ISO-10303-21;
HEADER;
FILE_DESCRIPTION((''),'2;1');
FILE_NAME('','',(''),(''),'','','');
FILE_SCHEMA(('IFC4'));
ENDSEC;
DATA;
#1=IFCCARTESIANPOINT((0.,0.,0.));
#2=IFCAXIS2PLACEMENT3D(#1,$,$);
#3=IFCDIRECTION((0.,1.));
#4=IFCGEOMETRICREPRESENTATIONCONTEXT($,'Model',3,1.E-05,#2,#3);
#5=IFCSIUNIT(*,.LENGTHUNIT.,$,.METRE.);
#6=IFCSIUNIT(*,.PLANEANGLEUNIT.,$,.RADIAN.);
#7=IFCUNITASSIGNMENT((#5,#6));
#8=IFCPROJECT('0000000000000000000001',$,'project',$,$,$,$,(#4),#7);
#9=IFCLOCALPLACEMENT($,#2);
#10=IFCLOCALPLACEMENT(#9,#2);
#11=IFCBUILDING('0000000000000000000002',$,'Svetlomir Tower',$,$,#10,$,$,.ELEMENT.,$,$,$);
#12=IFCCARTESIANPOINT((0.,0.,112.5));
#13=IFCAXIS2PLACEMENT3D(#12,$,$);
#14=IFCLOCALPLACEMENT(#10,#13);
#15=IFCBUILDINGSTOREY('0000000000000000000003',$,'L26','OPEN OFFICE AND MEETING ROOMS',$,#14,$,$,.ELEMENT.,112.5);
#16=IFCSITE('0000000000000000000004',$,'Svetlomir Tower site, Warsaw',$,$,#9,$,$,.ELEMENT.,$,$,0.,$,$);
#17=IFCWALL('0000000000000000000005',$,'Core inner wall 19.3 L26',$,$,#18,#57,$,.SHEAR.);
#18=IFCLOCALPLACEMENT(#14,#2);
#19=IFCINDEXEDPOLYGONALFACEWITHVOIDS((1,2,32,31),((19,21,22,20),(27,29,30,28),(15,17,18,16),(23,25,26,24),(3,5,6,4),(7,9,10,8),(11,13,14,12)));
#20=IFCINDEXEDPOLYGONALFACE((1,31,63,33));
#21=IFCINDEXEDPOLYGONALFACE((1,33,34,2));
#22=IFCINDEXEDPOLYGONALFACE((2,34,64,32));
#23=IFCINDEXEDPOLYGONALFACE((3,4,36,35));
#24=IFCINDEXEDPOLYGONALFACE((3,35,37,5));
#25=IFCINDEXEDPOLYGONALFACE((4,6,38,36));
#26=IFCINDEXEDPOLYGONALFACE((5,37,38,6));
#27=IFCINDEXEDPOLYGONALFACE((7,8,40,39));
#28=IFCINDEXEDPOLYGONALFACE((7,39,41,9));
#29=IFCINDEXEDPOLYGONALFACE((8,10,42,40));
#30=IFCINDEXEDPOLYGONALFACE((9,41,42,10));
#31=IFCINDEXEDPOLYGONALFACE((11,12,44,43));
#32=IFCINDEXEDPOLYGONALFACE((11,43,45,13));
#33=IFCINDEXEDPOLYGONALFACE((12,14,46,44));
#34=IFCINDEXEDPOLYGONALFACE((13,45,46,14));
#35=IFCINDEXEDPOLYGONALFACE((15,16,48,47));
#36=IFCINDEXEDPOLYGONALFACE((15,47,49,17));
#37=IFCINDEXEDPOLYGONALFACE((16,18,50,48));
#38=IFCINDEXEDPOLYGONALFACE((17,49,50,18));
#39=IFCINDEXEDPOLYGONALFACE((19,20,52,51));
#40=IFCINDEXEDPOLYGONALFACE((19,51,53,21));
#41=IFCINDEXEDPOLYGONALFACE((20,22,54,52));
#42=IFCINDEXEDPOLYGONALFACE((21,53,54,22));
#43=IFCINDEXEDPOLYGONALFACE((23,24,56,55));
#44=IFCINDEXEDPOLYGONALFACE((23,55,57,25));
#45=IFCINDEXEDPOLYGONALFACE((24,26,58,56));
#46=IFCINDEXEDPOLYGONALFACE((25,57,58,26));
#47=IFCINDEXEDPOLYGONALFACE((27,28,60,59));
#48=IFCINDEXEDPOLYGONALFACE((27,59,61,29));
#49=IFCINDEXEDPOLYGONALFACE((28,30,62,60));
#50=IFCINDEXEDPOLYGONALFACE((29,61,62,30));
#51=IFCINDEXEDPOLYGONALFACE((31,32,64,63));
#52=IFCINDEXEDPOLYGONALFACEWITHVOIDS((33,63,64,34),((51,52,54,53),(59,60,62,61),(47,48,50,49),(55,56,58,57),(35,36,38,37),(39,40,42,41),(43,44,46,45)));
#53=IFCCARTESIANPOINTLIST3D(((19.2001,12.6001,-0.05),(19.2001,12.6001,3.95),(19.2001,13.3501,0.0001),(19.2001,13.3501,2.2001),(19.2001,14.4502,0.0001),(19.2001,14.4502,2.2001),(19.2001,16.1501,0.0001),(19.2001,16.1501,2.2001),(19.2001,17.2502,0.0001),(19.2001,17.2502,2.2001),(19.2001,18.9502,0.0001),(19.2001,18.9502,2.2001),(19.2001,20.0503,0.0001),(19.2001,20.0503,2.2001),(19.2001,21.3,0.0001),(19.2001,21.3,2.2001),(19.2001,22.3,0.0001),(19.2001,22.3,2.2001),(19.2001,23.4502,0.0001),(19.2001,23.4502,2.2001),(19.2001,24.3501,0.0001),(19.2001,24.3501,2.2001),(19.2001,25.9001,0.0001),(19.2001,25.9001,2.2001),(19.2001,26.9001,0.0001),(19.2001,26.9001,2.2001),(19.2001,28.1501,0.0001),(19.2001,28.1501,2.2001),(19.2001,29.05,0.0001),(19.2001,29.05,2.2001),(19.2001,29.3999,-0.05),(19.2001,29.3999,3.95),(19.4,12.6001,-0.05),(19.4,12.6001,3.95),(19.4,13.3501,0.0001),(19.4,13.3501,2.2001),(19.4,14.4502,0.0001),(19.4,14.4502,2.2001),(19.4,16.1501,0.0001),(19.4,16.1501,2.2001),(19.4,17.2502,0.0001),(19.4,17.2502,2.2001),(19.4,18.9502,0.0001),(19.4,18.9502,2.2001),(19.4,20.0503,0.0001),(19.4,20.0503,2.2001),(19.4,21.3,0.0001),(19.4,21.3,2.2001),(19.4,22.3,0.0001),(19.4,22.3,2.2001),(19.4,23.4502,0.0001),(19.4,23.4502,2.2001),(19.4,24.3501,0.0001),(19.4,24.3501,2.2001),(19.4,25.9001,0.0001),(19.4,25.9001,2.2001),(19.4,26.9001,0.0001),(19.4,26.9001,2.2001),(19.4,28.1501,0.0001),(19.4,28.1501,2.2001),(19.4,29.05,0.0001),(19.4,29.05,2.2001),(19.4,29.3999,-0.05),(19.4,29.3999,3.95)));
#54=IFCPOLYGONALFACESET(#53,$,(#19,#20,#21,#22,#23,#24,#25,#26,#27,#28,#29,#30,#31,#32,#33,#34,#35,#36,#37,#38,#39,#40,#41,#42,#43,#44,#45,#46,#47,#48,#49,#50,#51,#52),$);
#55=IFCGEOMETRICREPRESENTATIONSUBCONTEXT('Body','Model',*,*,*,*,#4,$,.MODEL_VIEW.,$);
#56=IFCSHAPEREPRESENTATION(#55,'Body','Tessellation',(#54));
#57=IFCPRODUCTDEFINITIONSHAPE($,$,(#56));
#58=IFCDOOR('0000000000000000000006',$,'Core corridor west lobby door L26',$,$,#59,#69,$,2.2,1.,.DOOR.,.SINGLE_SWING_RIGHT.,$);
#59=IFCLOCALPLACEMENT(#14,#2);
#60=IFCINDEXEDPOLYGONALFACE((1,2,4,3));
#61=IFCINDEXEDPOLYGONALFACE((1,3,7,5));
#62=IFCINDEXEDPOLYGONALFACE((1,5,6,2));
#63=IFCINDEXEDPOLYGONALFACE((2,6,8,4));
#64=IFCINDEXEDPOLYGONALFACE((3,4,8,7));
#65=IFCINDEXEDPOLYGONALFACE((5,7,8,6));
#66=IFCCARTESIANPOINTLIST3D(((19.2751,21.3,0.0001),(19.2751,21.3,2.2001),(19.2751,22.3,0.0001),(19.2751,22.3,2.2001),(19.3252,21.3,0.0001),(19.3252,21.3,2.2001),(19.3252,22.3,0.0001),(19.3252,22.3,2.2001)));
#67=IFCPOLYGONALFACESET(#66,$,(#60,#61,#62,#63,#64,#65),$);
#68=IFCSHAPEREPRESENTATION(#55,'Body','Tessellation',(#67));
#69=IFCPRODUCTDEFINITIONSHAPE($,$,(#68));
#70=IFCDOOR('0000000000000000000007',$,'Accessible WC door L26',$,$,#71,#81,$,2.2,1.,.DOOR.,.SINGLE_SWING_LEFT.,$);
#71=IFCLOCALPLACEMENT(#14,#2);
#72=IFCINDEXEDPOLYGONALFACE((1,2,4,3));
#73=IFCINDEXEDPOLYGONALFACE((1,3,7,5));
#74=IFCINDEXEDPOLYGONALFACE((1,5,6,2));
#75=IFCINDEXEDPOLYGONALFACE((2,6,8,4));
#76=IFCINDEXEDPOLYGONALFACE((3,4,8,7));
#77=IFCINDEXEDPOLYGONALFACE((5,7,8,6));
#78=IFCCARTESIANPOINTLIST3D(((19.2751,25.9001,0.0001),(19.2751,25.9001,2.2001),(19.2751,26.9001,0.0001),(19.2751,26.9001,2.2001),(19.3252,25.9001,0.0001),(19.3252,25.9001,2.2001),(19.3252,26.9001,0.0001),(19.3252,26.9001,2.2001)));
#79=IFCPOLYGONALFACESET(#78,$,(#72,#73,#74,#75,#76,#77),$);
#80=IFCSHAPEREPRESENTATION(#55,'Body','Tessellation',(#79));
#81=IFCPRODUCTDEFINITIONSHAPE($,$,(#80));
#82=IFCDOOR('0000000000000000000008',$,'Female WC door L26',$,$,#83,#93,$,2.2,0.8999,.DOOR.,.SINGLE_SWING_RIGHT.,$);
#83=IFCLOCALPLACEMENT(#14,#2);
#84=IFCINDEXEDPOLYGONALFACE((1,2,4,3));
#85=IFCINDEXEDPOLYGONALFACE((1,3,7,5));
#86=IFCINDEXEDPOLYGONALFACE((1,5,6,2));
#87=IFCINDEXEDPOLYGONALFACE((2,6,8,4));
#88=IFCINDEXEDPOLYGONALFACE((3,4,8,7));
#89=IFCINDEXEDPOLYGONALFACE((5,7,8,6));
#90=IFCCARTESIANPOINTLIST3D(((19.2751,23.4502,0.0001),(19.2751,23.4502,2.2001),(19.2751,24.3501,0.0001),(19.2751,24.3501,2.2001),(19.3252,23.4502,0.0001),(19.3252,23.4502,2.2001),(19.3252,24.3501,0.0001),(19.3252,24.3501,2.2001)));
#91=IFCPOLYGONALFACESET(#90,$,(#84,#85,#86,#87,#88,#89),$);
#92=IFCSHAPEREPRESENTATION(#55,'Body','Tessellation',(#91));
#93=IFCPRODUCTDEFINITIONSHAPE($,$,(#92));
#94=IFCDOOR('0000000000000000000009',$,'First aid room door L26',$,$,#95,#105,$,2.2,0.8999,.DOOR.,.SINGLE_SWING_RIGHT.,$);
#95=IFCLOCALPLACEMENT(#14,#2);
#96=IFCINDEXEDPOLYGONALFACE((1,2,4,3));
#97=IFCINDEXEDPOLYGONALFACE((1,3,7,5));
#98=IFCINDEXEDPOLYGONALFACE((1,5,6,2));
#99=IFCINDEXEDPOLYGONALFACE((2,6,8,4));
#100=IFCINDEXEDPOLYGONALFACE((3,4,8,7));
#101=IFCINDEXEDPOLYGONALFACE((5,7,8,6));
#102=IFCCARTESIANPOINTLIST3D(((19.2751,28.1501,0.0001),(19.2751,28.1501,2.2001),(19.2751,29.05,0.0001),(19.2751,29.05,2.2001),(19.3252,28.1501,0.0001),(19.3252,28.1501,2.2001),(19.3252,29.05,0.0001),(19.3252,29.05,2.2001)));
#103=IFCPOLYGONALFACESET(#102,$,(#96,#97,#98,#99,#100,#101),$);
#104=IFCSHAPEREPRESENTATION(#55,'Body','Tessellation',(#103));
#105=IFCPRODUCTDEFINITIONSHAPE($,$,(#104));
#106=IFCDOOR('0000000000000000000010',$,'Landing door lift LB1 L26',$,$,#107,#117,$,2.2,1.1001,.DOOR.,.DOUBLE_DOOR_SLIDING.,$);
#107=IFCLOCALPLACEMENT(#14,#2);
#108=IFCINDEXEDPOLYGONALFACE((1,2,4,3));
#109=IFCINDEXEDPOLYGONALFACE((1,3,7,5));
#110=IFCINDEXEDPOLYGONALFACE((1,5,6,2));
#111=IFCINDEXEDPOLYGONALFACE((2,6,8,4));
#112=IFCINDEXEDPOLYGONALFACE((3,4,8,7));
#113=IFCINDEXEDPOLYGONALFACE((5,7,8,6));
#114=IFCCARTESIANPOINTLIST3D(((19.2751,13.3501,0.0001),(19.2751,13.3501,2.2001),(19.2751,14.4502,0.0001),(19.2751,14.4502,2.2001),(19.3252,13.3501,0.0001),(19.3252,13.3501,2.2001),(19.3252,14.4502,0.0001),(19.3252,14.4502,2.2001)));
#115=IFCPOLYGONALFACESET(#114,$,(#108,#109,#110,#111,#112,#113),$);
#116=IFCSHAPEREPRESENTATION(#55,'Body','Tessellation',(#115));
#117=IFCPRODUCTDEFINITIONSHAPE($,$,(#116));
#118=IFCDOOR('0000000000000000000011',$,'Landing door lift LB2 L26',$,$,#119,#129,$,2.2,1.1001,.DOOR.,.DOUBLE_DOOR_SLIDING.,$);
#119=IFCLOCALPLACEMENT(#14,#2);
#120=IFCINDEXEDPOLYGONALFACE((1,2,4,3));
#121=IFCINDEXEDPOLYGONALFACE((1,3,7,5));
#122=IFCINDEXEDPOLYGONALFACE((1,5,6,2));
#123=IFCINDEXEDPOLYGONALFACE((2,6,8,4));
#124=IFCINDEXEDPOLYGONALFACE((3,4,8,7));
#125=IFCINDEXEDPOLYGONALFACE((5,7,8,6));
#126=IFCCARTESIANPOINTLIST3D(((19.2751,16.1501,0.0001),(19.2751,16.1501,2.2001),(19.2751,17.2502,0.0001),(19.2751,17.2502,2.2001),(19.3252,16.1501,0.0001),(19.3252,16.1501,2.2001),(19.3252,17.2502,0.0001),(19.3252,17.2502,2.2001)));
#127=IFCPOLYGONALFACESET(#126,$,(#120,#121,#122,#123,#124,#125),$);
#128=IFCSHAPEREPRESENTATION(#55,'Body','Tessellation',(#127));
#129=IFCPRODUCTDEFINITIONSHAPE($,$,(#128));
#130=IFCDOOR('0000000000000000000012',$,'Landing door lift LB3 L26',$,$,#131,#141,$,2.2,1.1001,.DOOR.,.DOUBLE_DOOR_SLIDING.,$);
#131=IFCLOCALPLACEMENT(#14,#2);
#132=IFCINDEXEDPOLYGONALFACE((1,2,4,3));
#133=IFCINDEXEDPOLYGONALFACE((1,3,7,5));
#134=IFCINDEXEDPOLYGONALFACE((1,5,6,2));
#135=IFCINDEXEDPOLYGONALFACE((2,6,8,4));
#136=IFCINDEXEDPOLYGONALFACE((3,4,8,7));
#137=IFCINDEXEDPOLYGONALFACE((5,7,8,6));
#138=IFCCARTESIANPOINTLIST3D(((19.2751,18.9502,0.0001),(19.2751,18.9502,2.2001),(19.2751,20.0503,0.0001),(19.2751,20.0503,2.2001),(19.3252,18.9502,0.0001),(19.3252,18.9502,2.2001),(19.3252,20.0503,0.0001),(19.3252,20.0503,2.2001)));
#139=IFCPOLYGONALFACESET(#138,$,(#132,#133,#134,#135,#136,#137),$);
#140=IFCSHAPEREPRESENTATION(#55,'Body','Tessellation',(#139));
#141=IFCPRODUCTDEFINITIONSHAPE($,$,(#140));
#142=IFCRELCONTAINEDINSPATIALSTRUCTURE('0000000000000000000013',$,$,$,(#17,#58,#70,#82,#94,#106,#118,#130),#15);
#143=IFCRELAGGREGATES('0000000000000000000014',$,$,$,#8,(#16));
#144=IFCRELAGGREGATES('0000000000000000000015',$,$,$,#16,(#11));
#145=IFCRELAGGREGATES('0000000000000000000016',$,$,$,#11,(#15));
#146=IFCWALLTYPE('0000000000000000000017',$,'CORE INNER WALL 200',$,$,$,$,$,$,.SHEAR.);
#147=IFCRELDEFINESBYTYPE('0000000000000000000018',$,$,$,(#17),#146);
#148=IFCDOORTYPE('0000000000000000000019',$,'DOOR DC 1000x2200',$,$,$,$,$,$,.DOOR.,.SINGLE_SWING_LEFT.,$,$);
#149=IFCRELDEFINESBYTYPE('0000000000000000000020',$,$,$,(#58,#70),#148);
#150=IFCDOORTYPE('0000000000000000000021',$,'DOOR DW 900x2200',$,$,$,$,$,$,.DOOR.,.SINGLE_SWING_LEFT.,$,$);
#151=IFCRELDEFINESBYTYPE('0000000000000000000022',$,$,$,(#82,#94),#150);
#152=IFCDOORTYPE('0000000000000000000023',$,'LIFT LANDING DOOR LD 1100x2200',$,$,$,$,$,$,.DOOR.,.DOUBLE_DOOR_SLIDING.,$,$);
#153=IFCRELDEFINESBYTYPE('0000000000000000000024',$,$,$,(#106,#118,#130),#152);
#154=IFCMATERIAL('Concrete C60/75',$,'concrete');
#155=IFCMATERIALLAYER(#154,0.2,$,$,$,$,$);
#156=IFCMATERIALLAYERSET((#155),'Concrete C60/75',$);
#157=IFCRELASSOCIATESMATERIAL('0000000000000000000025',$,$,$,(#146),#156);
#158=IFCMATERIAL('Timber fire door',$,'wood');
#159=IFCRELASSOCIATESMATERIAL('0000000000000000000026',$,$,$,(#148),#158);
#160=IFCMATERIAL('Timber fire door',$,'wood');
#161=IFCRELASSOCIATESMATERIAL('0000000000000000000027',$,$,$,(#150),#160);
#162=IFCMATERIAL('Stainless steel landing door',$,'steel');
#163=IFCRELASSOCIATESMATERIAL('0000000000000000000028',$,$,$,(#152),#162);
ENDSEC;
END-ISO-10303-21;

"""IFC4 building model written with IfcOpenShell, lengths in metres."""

from ifc_helpers import new_model, si_unit, direction, frame, frame_2d, origin, place, context, subcontext, project, spatial, rectangle, extrude, material, layer, layer_set, type_object, element, fill, save


model = new_model("IFC4")

# Units and contexts
model_context = context("Model", 3, precision=1e-05, world=origin(), true_north=direction((0.0, 1.0)))
body_context = subcontext(model_context, "Body", "Model", "MODEL_VIEW")
ifc_project = project(units=[si_unit("LENGTHUNIT", "METRE"), si_unit("PLANEANGLEUNIT", "RADIAN")], contexts=[model_context])

# Site, building, storey
site_placement = place(None, origin())
site = spatial("IfcSite", under=ifc_project, at=site_placement, Name="Svetlomir Tower site, Warsaw", CompositionType="ELEMENT", RefElevation=0.0)
building_placement = place(site_placement, origin())
building = spatial("IfcBuilding", under=site, at=building_placement, Name="Svetlomir Tower", CompositionType="ELEMENT")
storey_placement = place(building_placement, frame((0.0, 0.0, 112.5)))
storey = spatial("IfcBuildingStorey", under=building, at=storey_placement, Name="L26", Description="OPEN OFFICE AND MEETING ROOMS", CompositionType="ELEMENT", Elevation=112.5)

# Shared definitions
ifc_material_1 = material(Name="Concrete C60/75", Category="concrete")
ifc_layer_1 = layer(ifc_material_1, 0.2)
ifc_layer_set_1 = layer_set([ifc_layer_1], Name="Concrete C60/75")
wall_type_1 = type_object("IfcWallType", Name="CORE INNER WALL 200", PredefinedType="SHEAR", material=ifc_layer_set_1)

# Wall, openings, doors
wall_1_placement = place(storey_placement, frame((19.3, 12.6001, -0.05), z_axis=(0.0, 0.0, 1.0), x_axis=(0.0, 1.0, 0.0)))
wall_1 = element("IfcWall", 1, at=wall_1_placement, inside=storey, type_object=wall_type_1, Name="Core inner wall 19.3 L26", PredefinedType="SHEAR", context=body_context, shape_type="SweptSolid", body=[
    extrude(rectangle(XDim=16.7998, YDim=0.2, at=frame_2d((8.3999, 0.0))), origin(), (0.0, 0.0, 1.0), 4.0),
])
opening_1_placement = place(wall_1_placement, frame((8.7, 0.0, 0.05)))
opening_1 = element("IfcOpeningElement", 2, at=opening_1_placement, cuts=wall_1, PredefinedType="OPENING", context=body_context, shape_type="SweptSolid", body=[
    extrude(rectangle(XDim=1.0, YDim=2.2, at=frame_2d((0.5, 1.1001))), frame((0.0, 0.1099, 0.0), z_axis=(0.0, -1.0, 0.0), x_axis=(1.0, 0.0, 0.0)), (0.0, 0.0, 1.0), 0.22),
])
opening_2_placement = place(wall_1_placement, frame((10.8501, 0.0, 0.05)))
opening_2 = element("IfcOpeningElement", 3, at=opening_2_placement, cuts=wall_1, PredefinedType="OPENING", context=body_context, shape_type="SweptSolid", body=[
    extrude(rectangle(XDim=0.8999, YDim=2.2, at=frame_2d((0.45, 1.1001))), frame((0.0, 0.1099, 0.0), z_axis=(0.0, -1.0, 0.0), x_axis=(1.0, 0.0, 0.0)), (0.0, 0.0, 1.0), 0.22),
])
opening_3_placement = place(wall_1_placement, frame((13.3, 0.0, 0.05)))
opening_3 = element("IfcOpeningElement", 4, at=opening_3_placement, cuts=wall_1, PredefinedType="OPENING", context=body_context, shape_type="SweptSolid", body=[
    extrude(rectangle(XDim=1.0, YDim=2.2, at=frame_2d((0.5, 1.1001))), frame((0.0, 0.1099, 0.0), z_axis=(0.0, -1.0, 0.0), x_axis=(1.0, 0.0, 0.0)), (0.0, 0.0, 1.0), 0.22),
])
opening_4_placement = place(wall_1_placement, frame((15.55, 0.0, 0.05)))
opening_4 = element("IfcOpeningElement", 5, at=opening_4_placement, cuts=wall_1, PredefinedType="OPENING", context=body_context, shape_type="SweptSolid", body=[
    extrude(rectangle(XDim=0.8999, YDim=2.2, at=frame_2d((0.45, 1.1001))), frame((0.0, 0.1099, 0.0), z_axis=(0.0, -1.0, 0.0), x_axis=(1.0, 0.0, 0.0)), (0.0, 0.0, 1.0), 0.22),
])
opening_5_placement = place(wall_1_placement, frame((0.75, 0.0, 0.05)))
opening_5 = element("IfcOpeningElement", 6, at=opening_5_placement, cuts=wall_1, PredefinedType="OPENING", context=body_context, shape_type="SweptSolid", body=[
    extrude(rectangle(XDim=1.1001, YDim=2.2, at=frame_2d((0.55, 1.1001))), frame((0.0, 0.1099, 0.0), z_axis=(0.0, -1.0, 0.0), x_axis=(1.0, 0.0, 0.0)), (0.0, 0.0, 1.0), 0.22),
])
opening_6_placement = place(wall_1_placement, frame((3.55, 0.0, 0.05)))
opening_6 = element("IfcOpeningElement", 7, at=opening_6_placement, cuts=wall_1, PredefinedType="OPENING", context=body_context, shape_type="SweptSolid", body=[
    extrude(rectangle(XDim=1.1001, YDim=2.2, at=frame_2d((0.55, 1.1001))), frame((0.0, 0.1099, 0.0), z_axis=(0.0, -1.0, 0.0), x_axis=(1.0, 0.0, 0.0)), (0.0, 0.0, 1.0), 0.22),
])
opening_7_placement = place(wall_1_placement, frame((6.3501, 0.0, 0.05)))
opening_7 = element("IfcOpeningElement", 8, at=opening_7_placement, cuts=wall_1, PredefinedType="OPENING", context=body_context, shape_type="SweptSolid", body=[
    extrude(rectangle(XDim=1.1001, YDim=2.2, at=frame_2d((0.55, 1.1001))), frame((0.0, 0.1099, 0.0), z_axis=(0.0, -1.0, 0.0), x_axis=(1.0, 0.0, 0.0)), (0.0, 0.0, 1.0), 0.22),
])
ifc_material_2 = material(Name="Timber fire door", Category="wood")
door_type_1 = type_object("IfcDoorType", Name="DOOR DC 1000x2200", OperationType="SINGLE_SWING_LEFT", PredefinedType="DOOR", material=ifc_material_2)
door_1_placement = place(opening_1_placement, origin())
door_1 = element("IfcDoor", 9, at=door_1_placement, inside=storey, type_object=door_type_1, Name="Core corridor west lobby door L26", OperationType="SINGLE_SWING_RIGHT", OverallHeight=2.2, OverallWidth=1.0, PredefinedType="DOOR", context=body_context, shape_type="SweptSolid", body=[
    extrude(rectangle(XDim=1.0, YDim=2.2, at=frame_2d((0.5, 1.1001))), frame((0.0, 0.0249, 0.0), z_axis=(0.0, -1.0, 0.0), x_axis=(1.0, 0.0, 0.0)), (0.0, 0.0, 1.0), 0.05),
])
fill(opening_1, door_1)
door_2_placement = place(opening_3_placement, origin())
door_2 = element("IfcDoor", 10, at=door_2_placement, inside=storey, type_object=door_type_1, Name="Accessible WC door L26", OperationType="SINGLE_SWING_LEFT", OverallHeight=2.2, OverallWidth=1.0, PredefinedType="DOOR", context=body_context, shape_type="SweptSolid", body=[
    extrude(rectangle(XDim=1.0, YDim=2.2, at=frame_2d((0.5, 1.1001))), frame((0.0, 0.0249, 0.0), z_axis=(0.0, -1.0, 0.0), x_axis=(1.0, 0.0, 0.0)), (0.0, 0.0, 1.0), 0.05),
])
fill(opening_3, door_2)
ifc_material_3 = material(Name="Timber fire door", Category="wood")
door_type_2 = type_object("IfcDoorType", Name="DOOR DW 900x2200", OperationType="SINGLE_SWING_LEFT", PredefinedType="DOOR", material=ifc_material_3)
door_3_placement = place(opening_2_placement, origin())
door_3 = element("IfcDoor", 11, at=door_3_placement, inside=storey, type_object=door_type_2, Name="Female WC door L26", OperationType="SINGLE_SWING_RIGHT", OverallHeight=2.2, OverallWidth=0.8999, PredefinedType="DOOR", context=body_context, shape_type="SweptSolid", body=[
    extrude(rectangle(XDim=0.8999, YDim=2.2, at=frame_2d((0.45, 1.1001))), frame((0.0, 0.0249, 0.0), z_axis=(0.0, -1.0, 0.0), x_axis=(1.0, 0.0, 0.0)), (0.0, 0.0, 1.0), 0.05),
])
fill(opening_2, door_3)
door_4_placement = place(opening_4_placement, origin())
door_4 = element("IfcDoor", 12, at=door_4_placement, inside=storey, type_object=door_type_2, Name="First aid room door L26", OperationType="SINGLE_SWING_RIGHT", OverallHeight=2.2, OverallWidth=0.8999, PredefinedType="DOOR", context=body_context, shape_type="SweptSolid", body=[
    extrude(rectangle(XDim=0.8999, YDim=2.2, at=frame_2d((0.45, 1.1001))), frame((0.0, 0.0249, 0.0), z_axis=(0.0, -1.0, 0.0), x_axis=(1.0, 0.0, 0.0)), (0.0, 0.0, 1.0), 0.05),
])
fill(opening_4, door_4)
ifc_material_4 = material(Name="Stainless steel landing door", Category="steel")
door_type_3 = type_object("IfcDoorType", Name="LIFT LANDING DOOR LD 1100x2200", OperationType="DOUBLE_DOOR_SLIDING", PredefinedType="DOOR", material=ifc_material_4)
door_5_placement = place(opening_5_placement, origin())
door_5 = element("IfcDoor", 13, at=door_5_placement, inside=storey, type_object=door_type_3, Name="Landing door lift LB1 L26", OperationType="DOUBLE_DOOR_SLIDING", OverallHeight=2.2, OverallWidth=1.1001, PredefinedType="DOOR", context=body_context, shape_type="SweptSolid", body=[
    extrude(rectangle(XDim=1.1001, YDim=2.2, at=frame_2d((0.55, 1.1001))), frame((0.0, 0.0249, 0.0), z_axis=(0.0, -1.0, 0.0), x_axis=(1.0, 0.0, 0.0)), (0.0, 0.0, 1.0), 0.05),
])
fill(opening_5, door_5)
door_6_placement = place(opening_6_placement, origin())
door_6 = element("IfcDoor", 14, at=door_6_placement, inside=storey, type_object=door_type_3, Name="Landing door lift LB2 L26", OperationType="DOUBLE_DOOR_SLIDING", OverallHeight=2.2, OverallWidth=1.1001, PredefinedType="DOOR", context=body_context, shape_type="SweptSolid", body=[
    extrude(rectangle(XDim=1.1001, YDim=2.2, at=frame_2d((0.55, 1.1001))), frame((0.0, 0.0249, 0.0), z_axis=(0.0, -1.0, 0.0), x_axis=(1.0, 0.0, 0.0)), (0.0, 0.0, 1.0), 0.05),
])
fill(opening_6, door_6)
door_7_placement = place(opening_7_placement, origin())
door_7 = element("IfcDoor", 15, at=door_7_placement, inside=storey, type_object=door_type_3, Name="Landing door lift LB3 L26", OperationType="DOUBLE_DOOR_SLIDING", OverallHeight=2.2, OverallWidth=1.1001, PredefinedType="DOOR", context=body_context, shape_type="SweptSolid", body=[
    extrude(rectangle(XDim=1.1001, YDim=2.2, at=frame_2d((0.55, 1.1001))), frame((0.0, 0.0249, 0.0), z_axis=(0.0, -1.0, 0.0), x_axis=(1.0, 0.0, 0.0)), (0.0, 0.0, 1.0), 0.05),
])
fill(opening_7, door_7)

save(model, "model.ifc")
